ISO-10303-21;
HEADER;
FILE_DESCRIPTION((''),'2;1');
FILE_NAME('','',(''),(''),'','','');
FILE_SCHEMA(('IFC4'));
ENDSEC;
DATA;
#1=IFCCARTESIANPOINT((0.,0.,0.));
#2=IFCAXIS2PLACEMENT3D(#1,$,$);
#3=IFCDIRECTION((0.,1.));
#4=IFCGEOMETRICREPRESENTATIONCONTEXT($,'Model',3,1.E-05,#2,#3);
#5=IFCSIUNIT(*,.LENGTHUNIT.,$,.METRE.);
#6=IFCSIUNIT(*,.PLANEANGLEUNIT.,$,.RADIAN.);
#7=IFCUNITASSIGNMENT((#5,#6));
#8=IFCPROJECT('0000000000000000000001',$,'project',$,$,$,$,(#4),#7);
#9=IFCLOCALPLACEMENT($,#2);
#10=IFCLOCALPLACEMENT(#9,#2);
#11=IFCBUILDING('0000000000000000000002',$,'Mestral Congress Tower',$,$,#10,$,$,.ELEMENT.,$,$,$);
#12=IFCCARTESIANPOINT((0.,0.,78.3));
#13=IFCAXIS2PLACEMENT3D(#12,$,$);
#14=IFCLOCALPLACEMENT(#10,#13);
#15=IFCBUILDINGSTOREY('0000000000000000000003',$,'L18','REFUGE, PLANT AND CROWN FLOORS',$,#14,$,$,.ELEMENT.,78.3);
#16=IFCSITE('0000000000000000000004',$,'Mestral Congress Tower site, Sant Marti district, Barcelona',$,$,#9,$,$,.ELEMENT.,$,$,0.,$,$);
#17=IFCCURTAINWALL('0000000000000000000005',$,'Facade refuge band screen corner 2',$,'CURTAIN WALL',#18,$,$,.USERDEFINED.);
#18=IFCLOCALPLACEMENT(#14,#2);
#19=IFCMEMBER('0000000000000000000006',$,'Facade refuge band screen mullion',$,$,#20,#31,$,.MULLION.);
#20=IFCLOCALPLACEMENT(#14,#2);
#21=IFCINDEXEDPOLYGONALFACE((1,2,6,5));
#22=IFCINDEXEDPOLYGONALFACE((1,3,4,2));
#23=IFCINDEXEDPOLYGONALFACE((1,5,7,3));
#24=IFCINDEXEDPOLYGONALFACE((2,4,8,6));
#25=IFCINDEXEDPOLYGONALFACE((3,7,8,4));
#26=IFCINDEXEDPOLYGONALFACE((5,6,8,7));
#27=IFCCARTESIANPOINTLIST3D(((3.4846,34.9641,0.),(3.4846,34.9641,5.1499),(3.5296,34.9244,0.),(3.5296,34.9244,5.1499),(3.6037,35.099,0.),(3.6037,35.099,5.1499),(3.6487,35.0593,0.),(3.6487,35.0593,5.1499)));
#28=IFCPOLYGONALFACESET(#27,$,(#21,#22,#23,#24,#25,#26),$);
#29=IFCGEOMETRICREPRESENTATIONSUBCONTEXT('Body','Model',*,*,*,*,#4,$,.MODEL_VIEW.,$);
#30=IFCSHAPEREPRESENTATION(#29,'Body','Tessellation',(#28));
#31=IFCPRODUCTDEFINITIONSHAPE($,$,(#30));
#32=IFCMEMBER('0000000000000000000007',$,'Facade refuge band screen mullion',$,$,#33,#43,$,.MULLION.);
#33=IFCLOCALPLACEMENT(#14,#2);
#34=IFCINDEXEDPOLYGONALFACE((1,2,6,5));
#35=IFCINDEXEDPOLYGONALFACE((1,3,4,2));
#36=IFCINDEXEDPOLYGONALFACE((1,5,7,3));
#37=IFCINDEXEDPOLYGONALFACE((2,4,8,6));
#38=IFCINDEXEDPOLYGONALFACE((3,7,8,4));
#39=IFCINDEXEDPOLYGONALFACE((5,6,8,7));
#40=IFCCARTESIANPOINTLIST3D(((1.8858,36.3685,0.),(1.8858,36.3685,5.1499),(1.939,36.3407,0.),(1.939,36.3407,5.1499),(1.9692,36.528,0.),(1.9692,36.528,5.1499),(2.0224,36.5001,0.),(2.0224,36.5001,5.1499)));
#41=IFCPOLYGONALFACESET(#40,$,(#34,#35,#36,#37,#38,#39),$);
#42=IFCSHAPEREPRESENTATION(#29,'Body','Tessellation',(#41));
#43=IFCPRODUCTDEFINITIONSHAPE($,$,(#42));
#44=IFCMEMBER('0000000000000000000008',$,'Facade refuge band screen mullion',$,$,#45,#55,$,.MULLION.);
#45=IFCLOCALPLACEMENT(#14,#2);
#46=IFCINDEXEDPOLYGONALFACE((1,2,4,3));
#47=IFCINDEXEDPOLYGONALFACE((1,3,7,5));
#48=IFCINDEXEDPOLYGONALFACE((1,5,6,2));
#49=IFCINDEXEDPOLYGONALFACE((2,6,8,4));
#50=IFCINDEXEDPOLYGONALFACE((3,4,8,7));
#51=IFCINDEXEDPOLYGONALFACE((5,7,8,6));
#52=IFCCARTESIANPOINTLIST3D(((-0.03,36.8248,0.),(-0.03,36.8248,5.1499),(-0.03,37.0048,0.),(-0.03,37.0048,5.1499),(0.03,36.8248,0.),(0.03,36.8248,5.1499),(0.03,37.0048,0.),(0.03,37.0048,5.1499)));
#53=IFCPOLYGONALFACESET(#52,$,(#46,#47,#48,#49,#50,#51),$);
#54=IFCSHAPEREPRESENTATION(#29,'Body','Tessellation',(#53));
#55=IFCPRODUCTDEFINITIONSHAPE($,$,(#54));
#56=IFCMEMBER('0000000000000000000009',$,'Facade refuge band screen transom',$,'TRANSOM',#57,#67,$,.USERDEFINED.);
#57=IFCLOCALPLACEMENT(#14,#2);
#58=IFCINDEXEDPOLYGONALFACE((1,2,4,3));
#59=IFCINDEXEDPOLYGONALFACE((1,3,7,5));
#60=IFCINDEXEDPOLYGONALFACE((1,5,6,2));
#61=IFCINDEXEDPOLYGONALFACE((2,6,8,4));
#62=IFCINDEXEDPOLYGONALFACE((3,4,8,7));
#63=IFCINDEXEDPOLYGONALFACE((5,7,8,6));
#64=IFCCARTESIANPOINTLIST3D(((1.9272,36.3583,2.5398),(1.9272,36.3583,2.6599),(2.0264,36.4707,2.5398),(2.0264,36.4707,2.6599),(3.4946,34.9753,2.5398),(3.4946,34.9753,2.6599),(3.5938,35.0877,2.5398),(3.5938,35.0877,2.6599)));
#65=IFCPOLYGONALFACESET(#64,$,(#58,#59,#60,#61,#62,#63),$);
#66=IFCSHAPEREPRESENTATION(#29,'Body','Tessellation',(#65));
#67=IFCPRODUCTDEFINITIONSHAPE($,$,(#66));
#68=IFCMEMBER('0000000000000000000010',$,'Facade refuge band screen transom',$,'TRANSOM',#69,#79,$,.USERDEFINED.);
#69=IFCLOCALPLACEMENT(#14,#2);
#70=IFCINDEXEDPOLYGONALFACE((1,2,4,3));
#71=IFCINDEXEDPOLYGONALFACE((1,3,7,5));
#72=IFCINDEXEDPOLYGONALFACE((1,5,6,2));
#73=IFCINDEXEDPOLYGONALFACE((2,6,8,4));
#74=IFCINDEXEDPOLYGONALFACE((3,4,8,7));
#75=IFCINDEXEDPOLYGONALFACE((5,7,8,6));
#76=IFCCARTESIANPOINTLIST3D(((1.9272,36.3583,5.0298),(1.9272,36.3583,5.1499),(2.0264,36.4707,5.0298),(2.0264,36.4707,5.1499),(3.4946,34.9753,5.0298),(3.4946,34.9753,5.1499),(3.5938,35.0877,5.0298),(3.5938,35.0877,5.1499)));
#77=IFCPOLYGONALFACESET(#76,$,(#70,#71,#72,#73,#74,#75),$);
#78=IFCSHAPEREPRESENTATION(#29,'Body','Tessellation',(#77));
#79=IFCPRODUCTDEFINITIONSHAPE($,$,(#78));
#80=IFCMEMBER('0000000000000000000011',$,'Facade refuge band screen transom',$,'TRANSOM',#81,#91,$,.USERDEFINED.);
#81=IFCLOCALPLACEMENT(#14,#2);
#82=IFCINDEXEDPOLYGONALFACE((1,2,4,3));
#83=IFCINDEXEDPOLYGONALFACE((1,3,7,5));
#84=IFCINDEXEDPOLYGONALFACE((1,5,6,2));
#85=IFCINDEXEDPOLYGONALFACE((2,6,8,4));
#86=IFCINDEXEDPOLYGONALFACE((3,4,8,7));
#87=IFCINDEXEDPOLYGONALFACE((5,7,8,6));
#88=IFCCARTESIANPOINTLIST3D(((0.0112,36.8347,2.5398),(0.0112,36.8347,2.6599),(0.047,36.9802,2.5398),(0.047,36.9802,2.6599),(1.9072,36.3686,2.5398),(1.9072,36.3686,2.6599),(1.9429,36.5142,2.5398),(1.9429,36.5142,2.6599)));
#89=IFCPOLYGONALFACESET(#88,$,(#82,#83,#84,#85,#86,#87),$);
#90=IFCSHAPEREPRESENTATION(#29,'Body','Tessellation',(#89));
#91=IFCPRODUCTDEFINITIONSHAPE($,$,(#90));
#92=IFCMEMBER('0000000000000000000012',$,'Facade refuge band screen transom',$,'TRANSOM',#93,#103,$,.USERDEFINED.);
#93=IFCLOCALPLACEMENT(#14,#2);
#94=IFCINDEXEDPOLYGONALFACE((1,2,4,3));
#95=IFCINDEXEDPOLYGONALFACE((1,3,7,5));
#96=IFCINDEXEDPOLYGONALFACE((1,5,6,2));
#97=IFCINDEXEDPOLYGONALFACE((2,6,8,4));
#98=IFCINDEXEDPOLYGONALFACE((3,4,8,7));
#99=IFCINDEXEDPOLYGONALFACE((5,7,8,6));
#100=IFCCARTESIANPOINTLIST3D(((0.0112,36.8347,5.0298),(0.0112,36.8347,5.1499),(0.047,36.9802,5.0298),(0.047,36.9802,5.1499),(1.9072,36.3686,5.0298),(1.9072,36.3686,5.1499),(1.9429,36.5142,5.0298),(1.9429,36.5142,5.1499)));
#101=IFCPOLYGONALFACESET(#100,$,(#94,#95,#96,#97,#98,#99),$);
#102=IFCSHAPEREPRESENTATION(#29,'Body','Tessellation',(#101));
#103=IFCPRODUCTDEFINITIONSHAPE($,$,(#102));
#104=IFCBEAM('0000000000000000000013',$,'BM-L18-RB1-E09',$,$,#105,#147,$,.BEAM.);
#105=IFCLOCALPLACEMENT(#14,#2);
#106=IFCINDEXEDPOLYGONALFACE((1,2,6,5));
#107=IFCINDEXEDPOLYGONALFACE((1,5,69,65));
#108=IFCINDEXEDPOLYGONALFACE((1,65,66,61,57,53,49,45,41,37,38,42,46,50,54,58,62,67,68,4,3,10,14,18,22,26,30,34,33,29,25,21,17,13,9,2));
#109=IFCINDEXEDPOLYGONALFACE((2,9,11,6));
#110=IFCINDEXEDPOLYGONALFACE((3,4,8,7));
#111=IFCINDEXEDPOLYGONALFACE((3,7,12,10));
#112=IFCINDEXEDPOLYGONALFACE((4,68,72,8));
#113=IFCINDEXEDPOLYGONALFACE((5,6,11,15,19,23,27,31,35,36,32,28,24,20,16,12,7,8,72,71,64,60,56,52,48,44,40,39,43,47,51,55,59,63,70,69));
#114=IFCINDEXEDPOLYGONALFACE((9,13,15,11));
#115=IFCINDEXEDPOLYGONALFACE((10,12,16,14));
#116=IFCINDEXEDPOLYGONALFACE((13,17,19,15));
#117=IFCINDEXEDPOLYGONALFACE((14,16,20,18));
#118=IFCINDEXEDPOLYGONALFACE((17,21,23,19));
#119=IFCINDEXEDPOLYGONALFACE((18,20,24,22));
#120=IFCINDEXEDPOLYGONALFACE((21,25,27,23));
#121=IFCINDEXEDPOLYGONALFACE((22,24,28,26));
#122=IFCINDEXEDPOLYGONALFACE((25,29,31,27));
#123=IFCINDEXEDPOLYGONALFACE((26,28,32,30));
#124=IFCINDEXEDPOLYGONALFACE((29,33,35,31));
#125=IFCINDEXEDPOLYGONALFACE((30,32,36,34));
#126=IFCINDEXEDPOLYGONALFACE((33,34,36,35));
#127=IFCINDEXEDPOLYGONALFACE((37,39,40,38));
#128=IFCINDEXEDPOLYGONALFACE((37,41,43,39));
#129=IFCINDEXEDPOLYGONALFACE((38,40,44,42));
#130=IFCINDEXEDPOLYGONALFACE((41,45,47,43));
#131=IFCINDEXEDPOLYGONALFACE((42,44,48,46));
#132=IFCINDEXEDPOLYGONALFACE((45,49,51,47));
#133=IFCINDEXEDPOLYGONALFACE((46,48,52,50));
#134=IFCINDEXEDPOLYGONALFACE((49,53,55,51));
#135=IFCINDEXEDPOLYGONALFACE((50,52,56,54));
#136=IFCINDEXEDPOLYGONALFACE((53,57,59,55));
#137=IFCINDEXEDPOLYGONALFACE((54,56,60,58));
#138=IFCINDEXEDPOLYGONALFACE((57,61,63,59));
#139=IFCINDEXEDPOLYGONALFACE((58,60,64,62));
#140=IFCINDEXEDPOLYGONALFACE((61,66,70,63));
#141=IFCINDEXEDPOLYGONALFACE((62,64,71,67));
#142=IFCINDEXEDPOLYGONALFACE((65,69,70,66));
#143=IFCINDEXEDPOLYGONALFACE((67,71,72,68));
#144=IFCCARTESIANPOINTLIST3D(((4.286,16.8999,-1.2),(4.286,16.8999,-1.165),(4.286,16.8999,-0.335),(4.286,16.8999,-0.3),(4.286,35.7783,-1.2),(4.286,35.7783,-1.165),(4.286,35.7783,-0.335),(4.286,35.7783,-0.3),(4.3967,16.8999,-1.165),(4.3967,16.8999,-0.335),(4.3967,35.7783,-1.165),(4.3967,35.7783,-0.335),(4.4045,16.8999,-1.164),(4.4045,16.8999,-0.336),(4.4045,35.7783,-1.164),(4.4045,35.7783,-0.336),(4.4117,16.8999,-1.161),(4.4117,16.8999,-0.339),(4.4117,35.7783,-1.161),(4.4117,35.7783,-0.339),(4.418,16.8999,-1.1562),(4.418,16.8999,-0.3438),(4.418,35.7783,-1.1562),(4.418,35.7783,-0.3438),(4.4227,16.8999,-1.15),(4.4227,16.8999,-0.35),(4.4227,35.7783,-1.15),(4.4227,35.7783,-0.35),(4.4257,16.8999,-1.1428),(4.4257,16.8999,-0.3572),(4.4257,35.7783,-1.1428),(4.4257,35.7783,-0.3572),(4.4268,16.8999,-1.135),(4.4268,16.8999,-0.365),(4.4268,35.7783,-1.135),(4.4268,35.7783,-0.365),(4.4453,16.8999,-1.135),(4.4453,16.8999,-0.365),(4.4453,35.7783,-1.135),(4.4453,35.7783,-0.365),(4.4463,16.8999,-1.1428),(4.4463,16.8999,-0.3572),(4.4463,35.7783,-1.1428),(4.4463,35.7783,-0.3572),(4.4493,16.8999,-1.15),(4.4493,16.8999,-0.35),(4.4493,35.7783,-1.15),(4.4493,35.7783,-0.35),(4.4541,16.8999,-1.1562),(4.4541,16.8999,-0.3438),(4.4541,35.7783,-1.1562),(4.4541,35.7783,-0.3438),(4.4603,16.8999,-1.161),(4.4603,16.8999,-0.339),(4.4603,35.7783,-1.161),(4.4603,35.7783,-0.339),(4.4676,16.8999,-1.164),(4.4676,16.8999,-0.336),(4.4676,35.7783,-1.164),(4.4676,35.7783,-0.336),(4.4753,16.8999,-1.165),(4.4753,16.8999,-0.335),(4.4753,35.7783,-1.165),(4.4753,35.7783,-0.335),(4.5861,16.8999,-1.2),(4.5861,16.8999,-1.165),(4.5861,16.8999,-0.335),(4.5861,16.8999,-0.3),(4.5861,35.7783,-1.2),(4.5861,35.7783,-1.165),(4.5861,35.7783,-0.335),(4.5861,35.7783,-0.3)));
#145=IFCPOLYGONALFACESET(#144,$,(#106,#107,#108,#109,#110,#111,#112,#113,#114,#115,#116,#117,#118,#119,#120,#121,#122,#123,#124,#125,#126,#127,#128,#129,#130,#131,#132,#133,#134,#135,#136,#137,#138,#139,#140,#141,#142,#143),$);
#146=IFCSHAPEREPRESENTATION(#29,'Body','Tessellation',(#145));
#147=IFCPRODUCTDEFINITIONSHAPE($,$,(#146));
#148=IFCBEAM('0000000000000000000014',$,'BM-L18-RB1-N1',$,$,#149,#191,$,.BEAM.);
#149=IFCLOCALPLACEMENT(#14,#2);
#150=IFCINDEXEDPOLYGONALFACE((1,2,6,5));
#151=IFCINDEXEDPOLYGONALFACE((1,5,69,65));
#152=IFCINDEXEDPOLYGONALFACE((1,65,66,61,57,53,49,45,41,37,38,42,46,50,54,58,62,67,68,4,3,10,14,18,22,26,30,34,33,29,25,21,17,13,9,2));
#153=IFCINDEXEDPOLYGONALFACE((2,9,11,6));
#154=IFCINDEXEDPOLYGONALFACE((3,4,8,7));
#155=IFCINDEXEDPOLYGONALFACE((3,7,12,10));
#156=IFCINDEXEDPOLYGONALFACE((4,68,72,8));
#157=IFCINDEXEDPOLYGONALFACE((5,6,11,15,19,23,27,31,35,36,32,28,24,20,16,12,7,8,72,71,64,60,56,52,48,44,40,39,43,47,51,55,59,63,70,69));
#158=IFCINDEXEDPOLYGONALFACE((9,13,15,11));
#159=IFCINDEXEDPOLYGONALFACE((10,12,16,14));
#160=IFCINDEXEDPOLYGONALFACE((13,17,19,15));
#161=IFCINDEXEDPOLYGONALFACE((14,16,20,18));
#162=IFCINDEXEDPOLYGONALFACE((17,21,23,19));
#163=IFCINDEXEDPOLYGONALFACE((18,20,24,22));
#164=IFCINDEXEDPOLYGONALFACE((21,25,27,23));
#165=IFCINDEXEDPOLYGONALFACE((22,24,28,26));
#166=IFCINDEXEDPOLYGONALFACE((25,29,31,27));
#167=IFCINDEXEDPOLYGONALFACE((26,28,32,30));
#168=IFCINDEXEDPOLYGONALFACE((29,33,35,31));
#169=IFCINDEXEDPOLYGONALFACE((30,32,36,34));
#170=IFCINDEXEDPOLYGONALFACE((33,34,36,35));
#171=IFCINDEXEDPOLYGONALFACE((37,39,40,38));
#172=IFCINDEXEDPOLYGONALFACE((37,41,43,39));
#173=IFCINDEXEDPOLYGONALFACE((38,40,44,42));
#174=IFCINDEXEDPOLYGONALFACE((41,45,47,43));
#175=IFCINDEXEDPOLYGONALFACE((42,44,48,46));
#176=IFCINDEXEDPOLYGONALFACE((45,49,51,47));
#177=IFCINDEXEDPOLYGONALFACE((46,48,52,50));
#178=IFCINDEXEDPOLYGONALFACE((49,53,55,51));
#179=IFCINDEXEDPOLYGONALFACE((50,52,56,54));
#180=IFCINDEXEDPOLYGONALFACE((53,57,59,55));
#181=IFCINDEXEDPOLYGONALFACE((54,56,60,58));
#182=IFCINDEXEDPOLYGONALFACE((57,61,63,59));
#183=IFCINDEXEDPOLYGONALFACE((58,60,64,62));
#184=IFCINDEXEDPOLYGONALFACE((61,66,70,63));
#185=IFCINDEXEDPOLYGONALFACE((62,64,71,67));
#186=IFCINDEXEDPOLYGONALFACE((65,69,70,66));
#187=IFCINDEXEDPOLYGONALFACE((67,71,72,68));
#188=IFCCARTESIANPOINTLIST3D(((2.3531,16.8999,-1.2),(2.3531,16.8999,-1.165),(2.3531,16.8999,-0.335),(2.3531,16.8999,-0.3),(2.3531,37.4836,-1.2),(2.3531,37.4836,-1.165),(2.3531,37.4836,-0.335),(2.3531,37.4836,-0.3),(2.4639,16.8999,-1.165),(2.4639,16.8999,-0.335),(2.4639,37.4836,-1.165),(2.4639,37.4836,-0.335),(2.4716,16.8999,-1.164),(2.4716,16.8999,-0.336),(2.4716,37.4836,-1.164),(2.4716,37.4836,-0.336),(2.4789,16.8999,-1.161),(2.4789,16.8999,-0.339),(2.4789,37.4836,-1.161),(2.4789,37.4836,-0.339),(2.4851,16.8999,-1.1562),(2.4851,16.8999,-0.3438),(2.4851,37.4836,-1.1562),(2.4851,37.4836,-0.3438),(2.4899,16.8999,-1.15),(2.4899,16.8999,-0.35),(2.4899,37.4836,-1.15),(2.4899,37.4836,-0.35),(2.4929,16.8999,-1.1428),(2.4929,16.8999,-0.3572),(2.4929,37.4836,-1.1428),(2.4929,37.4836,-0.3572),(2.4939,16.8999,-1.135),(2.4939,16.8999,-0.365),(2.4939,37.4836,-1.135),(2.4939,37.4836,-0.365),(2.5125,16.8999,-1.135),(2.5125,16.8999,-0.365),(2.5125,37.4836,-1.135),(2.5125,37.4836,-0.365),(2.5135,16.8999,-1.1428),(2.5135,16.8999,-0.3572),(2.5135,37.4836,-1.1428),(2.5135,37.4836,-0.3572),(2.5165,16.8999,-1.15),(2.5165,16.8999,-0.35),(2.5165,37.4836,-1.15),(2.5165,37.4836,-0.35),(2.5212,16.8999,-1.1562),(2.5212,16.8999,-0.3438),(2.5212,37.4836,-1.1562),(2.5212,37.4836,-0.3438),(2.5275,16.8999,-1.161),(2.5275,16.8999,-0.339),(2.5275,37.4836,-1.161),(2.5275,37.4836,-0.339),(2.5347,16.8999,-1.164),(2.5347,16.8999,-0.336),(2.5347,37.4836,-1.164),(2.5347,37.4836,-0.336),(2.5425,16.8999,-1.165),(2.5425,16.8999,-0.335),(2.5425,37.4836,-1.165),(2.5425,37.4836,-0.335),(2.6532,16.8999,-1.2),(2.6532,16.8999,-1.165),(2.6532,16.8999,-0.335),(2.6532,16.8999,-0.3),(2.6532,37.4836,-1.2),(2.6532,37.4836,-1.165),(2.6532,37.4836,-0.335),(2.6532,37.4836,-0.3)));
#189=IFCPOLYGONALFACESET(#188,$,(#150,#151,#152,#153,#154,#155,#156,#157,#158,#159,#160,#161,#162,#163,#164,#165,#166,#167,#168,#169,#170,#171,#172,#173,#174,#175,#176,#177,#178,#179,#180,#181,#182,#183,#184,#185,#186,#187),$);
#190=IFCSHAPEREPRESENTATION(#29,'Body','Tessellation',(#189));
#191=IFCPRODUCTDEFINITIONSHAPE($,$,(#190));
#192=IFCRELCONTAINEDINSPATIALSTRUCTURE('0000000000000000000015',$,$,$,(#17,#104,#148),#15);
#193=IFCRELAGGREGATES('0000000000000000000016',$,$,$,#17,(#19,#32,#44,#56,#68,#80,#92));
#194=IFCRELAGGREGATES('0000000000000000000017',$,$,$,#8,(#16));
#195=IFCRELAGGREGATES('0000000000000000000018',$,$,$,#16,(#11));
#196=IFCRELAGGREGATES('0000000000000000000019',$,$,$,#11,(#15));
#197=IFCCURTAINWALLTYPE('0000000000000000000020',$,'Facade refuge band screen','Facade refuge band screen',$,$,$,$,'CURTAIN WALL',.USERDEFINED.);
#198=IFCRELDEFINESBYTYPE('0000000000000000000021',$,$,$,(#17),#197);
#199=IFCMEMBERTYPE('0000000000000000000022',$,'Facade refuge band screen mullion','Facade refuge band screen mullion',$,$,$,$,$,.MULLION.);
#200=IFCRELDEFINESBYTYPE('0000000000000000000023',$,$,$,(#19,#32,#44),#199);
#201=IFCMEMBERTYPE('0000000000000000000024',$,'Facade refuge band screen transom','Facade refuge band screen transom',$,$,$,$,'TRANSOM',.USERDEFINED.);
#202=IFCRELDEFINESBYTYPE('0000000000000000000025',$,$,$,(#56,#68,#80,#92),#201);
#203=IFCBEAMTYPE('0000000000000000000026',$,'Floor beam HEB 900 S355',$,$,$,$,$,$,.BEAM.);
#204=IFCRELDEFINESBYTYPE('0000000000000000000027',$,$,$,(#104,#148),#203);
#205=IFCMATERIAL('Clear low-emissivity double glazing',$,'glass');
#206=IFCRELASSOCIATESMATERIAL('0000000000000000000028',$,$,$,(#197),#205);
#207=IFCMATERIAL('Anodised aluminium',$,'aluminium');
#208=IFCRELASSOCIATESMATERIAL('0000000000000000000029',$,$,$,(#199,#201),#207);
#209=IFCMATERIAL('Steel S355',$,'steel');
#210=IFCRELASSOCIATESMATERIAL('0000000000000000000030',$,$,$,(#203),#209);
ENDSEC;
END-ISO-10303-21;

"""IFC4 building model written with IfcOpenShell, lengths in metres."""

from ifc_helpers import new_model, si_unit, direction, frame, origin, origin_2d, place, context, subcontext, project, spatial, rectangle, i_section, extrude, material, material_profile, profile_set, type_object, element, aggregate, save


model = new_model("IFC4")

# Units and contexts
model_context = context("Model", 3, precision=1e-05, world=origin(), true_north=direction((0.0, 1.0)))
body_context = subcontext(model_context, "Body", "Model", "MODEL_VIEW")
ifc_project = project(units=[si_unit("LENGTHUNIT", "METRE"), si_unit("PLANEANGLEUNIT", "RADIAN")], contexts=[model_context])

# Site, building, storey
site_placement = place(None, origin())
site = spatial("IfcSite", under=ifc_project, at=site_placement, Name="Mestral Congress Tower site, Sant Marti district, Barcelona", CompositionType="ELEMENT", RefElevation=0.0)
building_placement = place(site_placement, origin())
building = spatial("IfcBuilding", under=site, at=building_placement, Name="Mestral Congress Tower", CompositionType="ELEMENT")
storey_placement = place(building_placement, frame((0.0, 0.0, 78.3)))
storey = spatial("IfcBuildingStorey", under=building, at=storey_placement, Name="L18", Description="REFUGE, PLANT AND CROWN FLOORS", CompositionType="ELEMENT", Elevation=78.3)

# Shared definitions
ifc_material_1 = material(Name="Steel S355", Category="steel")

# Curtain wall, members
ifc_material_2 = material(Name="Clear low-emissivity double glazing", Category="glass")
curtain_wall_type = type_object("IfcCurtainWallType", Name="Facade refuge band screen", Description="Facade refuge band screen", ElementType="CURTAIN WALL", PredefinedType="USERDEFINED", material=ifc_material_2)
placement = place(storey_placement, origin())
curtain_wall_1 = element("IfcCurtainWall", 1, at=placement, inside=storey, type_object=curtain_wall_type, Name="Facade refuge band screen corner 2", ObjectType="CURTAIN WALL", PredefinedType="USERDEFINED")
ifc_material_3 = material(Name="Anodised aluminium", Category="aluminium")
ifc_material_profile_1 = material_profile(ifc_material_3, rectangle(XDim=0.1799, YDim=0.0601, at=origin_2d()), Name="CW3 mullion 180 x 60")
ifc_profile_set_1 = profile_set([ifc_material_profile_1], Name="Anodised aluminium")
member_type_1 = type_object("IfcMemberType", Name="Facade refuge band screen mullion", Description="Facade refuge band screen mullion", PredefinedType="MULLION", material=ifc_profile_set_1)
member_1_placement = place(storey_placement, frame((3.5667, 35.0117, 0.0), z_axis=(0.0, 0.0, 1.0), x_axis=(0.661642, 0.74982, 0.0)))
member_1 = element("IfcMember", 2, at=member_1_placement, type_object=member_type_1, Name="Facade refuge band screen mullion", PredefinedType="MULLION", context=body_context, shape_type="SweptSolid", body=[
    extrude(rectangle(XDim=0.1799, YDim=0.0601, at=origin_2d()), origin(), (0.0, 0.0, 1.0), 5.1499),
])
member_2_placement = place(storey_placement, frame((1.9541, 36.4343, 0.0), z_axis=(0.0, 0.0, 1.0), x_axis=(0.463556, 0.886068, 0.0)))
member_2 = element("IfcMember", 3, at=member_2_placement, type_object=member_type_1, Name="Facade refuge band screen mullion", PredefinedType="MULLION", context=body_context, shape_type="SweptSolid", body=[
    extrude(rectangle(XDim=0.1799, YDim=0.0601, at=origin_2d()), origin(), (0.0, 0.0, 1.0), 5.1499),
])
member_3_placement = place(storey_placement, frame((0.0, 36.9148, 0.0), z_axis=(0.0, 0.0, 1.0), x_axis=(0.0, 1.0, 0.0)))
member_3 = element("IfcMember", 4, at=member_3_placement, type_object=member_type_1, Name="Facade refuge band screen mullion", PredefinedType="MULLION", context=body_context, shape_type="SweptSolid", body=[
    extrude(rectangle(XDim=0.1799, YDim=0.0601, at=origin_2d()), origin(), (0.0, 0.0, 1.0), 5.1499),
])
ifc_material_profile_2 = material_profile(ifc_material_3, rectangle(XDim=0.1499, YDim=0.1201, at=origin_2d()), Name="CW3 transom 150 x 120")
ifc_profile_set_2 = profile_set([ifc_material_profile_2], Name="Anodised aluminium")
member_type_2 = type_object("IfcMemberType", Name="Facade refuge band screen transom", Description="Facade refuge band screen transom", ElementType="TRANSOM", PredefinedType="USERDEFINED", material=ifc_profile_set_2)
member_4_placement = place(storey_placement, frame((3.5442, 35.0315, 2.5999), z_axis=(-0.749821, 0.661641, 0.0), x_axis=(-0.661641, -0.749821, 0.0)))
member_4 = element("IfcMember", 5, at=member_4_placement, type_object=member_type_2, Name="Facade refuge band screen transom", ObjectType="TRANSOM", PredefinedType="USERDEFINED", context=body_context, shape_type="SweptSolid", body=[
    extrude(rectangle(XDim=0.1499, YDim=0.1201, at=origin_2d()), origin(), (0.0, 0.0, 1.0), 2.0903),
])
member_5_placement = place(storey_placement, frame((3.5442, 35.0315, 5.0898), z_axis=(-0.749821, 0.661641, 0.0), x_axis=(-0.661641, -0.749821, 0.0)))
member_5 = element("IfcMember", 6, at=member_5_placement, type_object=member_type_2, Name="Facade refuge band screen transom", ObjectType="TRANSOM", PredefinedType="USERDEFINED", context=body_context, shape_type="SweptSolid", body=[
    extrude(rectangle(XDim=0.1499, YDim=0.1201, at=origin_2d()), origin(), (0.0, 0.0, 1.0), 2.0903),
])
member_6_placement = place(storey_placement, frame((1.925, 36.4414, 2.5999), z_axis=(-0.971091, 0.238709, 0.0), x_axis=(-0.238709, -0.971091, 0.0)))
member_6 = element("IfcMember", 7, at=member_6_placement, type_object=member_type_2, Name="Facade refuge band screen transom", ObjectType="TRANSOM", PredefinedType="USERDEFINED", context=body_context, shape_type="SweptSolid", body=[
    extrude(rectangle(XDim=0.1499, YDim=0.1201, at=origin_2d()), origin(), (0.0, 0.0, 1.0), 1.9524),
])
member_7_placement = place(storey_placement, frame((1.925, 36.4414, 5.0898), z_axis=(-0.971091, 0.238709, 0.0), x_axis=(-0.238709, -0.971091, 0.0)))
member_7 = element("IfcMember", 8, at=member_7_placement, type_object=member_type_2, Name="Facade refuge band screen transom", ObjectType="TRANSOM", PredefinedType="USERDEFINED", context=body_context, shape_type="SweptSolid", body=[
    extrude(rectangle(XDim=0.1499, YDim=0.1201, at=origin_2d()), origin(), (0.0, 0.0, 1.0), 1.9524),
])

# Beams
ifc_material_profile_3 = material_profile(ifc_material_1, i_section(OverallWidth=0.3, OverallDepth=0.8999, WebThickness=0.0186, FlangeThickness=0.0349, FilletRadius=0.03, at=origin_2d()), Name="HEB 900")
ifc_profile_set_3 = profile_set([ifc_material_profile_3], Name="Steel S355")
beam_type_1 = type_object("IfcBeamType", Name="Floor beam HEB 900 S355", PredefinedType="BEAM", material=ifc_profile_set_3)
beam_1_placement = place(storey_placement, frame((4.436, 35.7783, -0.75), z_axis=(0.0, -1.0, 0.0), x_axis=(1.0, 0.0, 0.0)))
element("IfcBeam", 9, at=beam_1_placement, inside=storey, type_object=beam_type_1, Name="BM-L18-RB1-E09", PredefinedType="BEAM", context=body_context, shape_type="SweptSolid", body=[
    extrude(i_section(OverallWidth=0.3, OverallDepth=0.8999, WebThickness=0.0186, FlangeThickness=0.0349, FilletRadius=0.03, at=origin_2d()), origin(), (0.0, 0.0, 1.0), 18.8784),
])
beam_2_placement = place(storey_placement, frame((2.5032, 37.4836, -0.75), z_axis=(0.0, -1.0, 0.0), x_axis=(1.0, 0.0, 0.0)))
element("IfcBeam", 10, at=beam_2_placement, inside=storey, type_object=beam_type_1, Name="BM-L18-RB1-N1", PredefinedType="BEAM", context=body_context, shape_type="SweptSolid", body=[
    extrude(i_section(OverallWidth=0.3, OverallDepth=0.8999, WebThickness=0.0186, FlangeThickness=0.0349, FilletRadius=0.03, at=origin_2d()), origin(), (0.0, 0.0, 1.0), 20.5837),
])

aggregate(curtain_wall_1, [member_1, member_2, member_3, member_4, member_5, member_6, member_7])

save(model, "model.ifc")
